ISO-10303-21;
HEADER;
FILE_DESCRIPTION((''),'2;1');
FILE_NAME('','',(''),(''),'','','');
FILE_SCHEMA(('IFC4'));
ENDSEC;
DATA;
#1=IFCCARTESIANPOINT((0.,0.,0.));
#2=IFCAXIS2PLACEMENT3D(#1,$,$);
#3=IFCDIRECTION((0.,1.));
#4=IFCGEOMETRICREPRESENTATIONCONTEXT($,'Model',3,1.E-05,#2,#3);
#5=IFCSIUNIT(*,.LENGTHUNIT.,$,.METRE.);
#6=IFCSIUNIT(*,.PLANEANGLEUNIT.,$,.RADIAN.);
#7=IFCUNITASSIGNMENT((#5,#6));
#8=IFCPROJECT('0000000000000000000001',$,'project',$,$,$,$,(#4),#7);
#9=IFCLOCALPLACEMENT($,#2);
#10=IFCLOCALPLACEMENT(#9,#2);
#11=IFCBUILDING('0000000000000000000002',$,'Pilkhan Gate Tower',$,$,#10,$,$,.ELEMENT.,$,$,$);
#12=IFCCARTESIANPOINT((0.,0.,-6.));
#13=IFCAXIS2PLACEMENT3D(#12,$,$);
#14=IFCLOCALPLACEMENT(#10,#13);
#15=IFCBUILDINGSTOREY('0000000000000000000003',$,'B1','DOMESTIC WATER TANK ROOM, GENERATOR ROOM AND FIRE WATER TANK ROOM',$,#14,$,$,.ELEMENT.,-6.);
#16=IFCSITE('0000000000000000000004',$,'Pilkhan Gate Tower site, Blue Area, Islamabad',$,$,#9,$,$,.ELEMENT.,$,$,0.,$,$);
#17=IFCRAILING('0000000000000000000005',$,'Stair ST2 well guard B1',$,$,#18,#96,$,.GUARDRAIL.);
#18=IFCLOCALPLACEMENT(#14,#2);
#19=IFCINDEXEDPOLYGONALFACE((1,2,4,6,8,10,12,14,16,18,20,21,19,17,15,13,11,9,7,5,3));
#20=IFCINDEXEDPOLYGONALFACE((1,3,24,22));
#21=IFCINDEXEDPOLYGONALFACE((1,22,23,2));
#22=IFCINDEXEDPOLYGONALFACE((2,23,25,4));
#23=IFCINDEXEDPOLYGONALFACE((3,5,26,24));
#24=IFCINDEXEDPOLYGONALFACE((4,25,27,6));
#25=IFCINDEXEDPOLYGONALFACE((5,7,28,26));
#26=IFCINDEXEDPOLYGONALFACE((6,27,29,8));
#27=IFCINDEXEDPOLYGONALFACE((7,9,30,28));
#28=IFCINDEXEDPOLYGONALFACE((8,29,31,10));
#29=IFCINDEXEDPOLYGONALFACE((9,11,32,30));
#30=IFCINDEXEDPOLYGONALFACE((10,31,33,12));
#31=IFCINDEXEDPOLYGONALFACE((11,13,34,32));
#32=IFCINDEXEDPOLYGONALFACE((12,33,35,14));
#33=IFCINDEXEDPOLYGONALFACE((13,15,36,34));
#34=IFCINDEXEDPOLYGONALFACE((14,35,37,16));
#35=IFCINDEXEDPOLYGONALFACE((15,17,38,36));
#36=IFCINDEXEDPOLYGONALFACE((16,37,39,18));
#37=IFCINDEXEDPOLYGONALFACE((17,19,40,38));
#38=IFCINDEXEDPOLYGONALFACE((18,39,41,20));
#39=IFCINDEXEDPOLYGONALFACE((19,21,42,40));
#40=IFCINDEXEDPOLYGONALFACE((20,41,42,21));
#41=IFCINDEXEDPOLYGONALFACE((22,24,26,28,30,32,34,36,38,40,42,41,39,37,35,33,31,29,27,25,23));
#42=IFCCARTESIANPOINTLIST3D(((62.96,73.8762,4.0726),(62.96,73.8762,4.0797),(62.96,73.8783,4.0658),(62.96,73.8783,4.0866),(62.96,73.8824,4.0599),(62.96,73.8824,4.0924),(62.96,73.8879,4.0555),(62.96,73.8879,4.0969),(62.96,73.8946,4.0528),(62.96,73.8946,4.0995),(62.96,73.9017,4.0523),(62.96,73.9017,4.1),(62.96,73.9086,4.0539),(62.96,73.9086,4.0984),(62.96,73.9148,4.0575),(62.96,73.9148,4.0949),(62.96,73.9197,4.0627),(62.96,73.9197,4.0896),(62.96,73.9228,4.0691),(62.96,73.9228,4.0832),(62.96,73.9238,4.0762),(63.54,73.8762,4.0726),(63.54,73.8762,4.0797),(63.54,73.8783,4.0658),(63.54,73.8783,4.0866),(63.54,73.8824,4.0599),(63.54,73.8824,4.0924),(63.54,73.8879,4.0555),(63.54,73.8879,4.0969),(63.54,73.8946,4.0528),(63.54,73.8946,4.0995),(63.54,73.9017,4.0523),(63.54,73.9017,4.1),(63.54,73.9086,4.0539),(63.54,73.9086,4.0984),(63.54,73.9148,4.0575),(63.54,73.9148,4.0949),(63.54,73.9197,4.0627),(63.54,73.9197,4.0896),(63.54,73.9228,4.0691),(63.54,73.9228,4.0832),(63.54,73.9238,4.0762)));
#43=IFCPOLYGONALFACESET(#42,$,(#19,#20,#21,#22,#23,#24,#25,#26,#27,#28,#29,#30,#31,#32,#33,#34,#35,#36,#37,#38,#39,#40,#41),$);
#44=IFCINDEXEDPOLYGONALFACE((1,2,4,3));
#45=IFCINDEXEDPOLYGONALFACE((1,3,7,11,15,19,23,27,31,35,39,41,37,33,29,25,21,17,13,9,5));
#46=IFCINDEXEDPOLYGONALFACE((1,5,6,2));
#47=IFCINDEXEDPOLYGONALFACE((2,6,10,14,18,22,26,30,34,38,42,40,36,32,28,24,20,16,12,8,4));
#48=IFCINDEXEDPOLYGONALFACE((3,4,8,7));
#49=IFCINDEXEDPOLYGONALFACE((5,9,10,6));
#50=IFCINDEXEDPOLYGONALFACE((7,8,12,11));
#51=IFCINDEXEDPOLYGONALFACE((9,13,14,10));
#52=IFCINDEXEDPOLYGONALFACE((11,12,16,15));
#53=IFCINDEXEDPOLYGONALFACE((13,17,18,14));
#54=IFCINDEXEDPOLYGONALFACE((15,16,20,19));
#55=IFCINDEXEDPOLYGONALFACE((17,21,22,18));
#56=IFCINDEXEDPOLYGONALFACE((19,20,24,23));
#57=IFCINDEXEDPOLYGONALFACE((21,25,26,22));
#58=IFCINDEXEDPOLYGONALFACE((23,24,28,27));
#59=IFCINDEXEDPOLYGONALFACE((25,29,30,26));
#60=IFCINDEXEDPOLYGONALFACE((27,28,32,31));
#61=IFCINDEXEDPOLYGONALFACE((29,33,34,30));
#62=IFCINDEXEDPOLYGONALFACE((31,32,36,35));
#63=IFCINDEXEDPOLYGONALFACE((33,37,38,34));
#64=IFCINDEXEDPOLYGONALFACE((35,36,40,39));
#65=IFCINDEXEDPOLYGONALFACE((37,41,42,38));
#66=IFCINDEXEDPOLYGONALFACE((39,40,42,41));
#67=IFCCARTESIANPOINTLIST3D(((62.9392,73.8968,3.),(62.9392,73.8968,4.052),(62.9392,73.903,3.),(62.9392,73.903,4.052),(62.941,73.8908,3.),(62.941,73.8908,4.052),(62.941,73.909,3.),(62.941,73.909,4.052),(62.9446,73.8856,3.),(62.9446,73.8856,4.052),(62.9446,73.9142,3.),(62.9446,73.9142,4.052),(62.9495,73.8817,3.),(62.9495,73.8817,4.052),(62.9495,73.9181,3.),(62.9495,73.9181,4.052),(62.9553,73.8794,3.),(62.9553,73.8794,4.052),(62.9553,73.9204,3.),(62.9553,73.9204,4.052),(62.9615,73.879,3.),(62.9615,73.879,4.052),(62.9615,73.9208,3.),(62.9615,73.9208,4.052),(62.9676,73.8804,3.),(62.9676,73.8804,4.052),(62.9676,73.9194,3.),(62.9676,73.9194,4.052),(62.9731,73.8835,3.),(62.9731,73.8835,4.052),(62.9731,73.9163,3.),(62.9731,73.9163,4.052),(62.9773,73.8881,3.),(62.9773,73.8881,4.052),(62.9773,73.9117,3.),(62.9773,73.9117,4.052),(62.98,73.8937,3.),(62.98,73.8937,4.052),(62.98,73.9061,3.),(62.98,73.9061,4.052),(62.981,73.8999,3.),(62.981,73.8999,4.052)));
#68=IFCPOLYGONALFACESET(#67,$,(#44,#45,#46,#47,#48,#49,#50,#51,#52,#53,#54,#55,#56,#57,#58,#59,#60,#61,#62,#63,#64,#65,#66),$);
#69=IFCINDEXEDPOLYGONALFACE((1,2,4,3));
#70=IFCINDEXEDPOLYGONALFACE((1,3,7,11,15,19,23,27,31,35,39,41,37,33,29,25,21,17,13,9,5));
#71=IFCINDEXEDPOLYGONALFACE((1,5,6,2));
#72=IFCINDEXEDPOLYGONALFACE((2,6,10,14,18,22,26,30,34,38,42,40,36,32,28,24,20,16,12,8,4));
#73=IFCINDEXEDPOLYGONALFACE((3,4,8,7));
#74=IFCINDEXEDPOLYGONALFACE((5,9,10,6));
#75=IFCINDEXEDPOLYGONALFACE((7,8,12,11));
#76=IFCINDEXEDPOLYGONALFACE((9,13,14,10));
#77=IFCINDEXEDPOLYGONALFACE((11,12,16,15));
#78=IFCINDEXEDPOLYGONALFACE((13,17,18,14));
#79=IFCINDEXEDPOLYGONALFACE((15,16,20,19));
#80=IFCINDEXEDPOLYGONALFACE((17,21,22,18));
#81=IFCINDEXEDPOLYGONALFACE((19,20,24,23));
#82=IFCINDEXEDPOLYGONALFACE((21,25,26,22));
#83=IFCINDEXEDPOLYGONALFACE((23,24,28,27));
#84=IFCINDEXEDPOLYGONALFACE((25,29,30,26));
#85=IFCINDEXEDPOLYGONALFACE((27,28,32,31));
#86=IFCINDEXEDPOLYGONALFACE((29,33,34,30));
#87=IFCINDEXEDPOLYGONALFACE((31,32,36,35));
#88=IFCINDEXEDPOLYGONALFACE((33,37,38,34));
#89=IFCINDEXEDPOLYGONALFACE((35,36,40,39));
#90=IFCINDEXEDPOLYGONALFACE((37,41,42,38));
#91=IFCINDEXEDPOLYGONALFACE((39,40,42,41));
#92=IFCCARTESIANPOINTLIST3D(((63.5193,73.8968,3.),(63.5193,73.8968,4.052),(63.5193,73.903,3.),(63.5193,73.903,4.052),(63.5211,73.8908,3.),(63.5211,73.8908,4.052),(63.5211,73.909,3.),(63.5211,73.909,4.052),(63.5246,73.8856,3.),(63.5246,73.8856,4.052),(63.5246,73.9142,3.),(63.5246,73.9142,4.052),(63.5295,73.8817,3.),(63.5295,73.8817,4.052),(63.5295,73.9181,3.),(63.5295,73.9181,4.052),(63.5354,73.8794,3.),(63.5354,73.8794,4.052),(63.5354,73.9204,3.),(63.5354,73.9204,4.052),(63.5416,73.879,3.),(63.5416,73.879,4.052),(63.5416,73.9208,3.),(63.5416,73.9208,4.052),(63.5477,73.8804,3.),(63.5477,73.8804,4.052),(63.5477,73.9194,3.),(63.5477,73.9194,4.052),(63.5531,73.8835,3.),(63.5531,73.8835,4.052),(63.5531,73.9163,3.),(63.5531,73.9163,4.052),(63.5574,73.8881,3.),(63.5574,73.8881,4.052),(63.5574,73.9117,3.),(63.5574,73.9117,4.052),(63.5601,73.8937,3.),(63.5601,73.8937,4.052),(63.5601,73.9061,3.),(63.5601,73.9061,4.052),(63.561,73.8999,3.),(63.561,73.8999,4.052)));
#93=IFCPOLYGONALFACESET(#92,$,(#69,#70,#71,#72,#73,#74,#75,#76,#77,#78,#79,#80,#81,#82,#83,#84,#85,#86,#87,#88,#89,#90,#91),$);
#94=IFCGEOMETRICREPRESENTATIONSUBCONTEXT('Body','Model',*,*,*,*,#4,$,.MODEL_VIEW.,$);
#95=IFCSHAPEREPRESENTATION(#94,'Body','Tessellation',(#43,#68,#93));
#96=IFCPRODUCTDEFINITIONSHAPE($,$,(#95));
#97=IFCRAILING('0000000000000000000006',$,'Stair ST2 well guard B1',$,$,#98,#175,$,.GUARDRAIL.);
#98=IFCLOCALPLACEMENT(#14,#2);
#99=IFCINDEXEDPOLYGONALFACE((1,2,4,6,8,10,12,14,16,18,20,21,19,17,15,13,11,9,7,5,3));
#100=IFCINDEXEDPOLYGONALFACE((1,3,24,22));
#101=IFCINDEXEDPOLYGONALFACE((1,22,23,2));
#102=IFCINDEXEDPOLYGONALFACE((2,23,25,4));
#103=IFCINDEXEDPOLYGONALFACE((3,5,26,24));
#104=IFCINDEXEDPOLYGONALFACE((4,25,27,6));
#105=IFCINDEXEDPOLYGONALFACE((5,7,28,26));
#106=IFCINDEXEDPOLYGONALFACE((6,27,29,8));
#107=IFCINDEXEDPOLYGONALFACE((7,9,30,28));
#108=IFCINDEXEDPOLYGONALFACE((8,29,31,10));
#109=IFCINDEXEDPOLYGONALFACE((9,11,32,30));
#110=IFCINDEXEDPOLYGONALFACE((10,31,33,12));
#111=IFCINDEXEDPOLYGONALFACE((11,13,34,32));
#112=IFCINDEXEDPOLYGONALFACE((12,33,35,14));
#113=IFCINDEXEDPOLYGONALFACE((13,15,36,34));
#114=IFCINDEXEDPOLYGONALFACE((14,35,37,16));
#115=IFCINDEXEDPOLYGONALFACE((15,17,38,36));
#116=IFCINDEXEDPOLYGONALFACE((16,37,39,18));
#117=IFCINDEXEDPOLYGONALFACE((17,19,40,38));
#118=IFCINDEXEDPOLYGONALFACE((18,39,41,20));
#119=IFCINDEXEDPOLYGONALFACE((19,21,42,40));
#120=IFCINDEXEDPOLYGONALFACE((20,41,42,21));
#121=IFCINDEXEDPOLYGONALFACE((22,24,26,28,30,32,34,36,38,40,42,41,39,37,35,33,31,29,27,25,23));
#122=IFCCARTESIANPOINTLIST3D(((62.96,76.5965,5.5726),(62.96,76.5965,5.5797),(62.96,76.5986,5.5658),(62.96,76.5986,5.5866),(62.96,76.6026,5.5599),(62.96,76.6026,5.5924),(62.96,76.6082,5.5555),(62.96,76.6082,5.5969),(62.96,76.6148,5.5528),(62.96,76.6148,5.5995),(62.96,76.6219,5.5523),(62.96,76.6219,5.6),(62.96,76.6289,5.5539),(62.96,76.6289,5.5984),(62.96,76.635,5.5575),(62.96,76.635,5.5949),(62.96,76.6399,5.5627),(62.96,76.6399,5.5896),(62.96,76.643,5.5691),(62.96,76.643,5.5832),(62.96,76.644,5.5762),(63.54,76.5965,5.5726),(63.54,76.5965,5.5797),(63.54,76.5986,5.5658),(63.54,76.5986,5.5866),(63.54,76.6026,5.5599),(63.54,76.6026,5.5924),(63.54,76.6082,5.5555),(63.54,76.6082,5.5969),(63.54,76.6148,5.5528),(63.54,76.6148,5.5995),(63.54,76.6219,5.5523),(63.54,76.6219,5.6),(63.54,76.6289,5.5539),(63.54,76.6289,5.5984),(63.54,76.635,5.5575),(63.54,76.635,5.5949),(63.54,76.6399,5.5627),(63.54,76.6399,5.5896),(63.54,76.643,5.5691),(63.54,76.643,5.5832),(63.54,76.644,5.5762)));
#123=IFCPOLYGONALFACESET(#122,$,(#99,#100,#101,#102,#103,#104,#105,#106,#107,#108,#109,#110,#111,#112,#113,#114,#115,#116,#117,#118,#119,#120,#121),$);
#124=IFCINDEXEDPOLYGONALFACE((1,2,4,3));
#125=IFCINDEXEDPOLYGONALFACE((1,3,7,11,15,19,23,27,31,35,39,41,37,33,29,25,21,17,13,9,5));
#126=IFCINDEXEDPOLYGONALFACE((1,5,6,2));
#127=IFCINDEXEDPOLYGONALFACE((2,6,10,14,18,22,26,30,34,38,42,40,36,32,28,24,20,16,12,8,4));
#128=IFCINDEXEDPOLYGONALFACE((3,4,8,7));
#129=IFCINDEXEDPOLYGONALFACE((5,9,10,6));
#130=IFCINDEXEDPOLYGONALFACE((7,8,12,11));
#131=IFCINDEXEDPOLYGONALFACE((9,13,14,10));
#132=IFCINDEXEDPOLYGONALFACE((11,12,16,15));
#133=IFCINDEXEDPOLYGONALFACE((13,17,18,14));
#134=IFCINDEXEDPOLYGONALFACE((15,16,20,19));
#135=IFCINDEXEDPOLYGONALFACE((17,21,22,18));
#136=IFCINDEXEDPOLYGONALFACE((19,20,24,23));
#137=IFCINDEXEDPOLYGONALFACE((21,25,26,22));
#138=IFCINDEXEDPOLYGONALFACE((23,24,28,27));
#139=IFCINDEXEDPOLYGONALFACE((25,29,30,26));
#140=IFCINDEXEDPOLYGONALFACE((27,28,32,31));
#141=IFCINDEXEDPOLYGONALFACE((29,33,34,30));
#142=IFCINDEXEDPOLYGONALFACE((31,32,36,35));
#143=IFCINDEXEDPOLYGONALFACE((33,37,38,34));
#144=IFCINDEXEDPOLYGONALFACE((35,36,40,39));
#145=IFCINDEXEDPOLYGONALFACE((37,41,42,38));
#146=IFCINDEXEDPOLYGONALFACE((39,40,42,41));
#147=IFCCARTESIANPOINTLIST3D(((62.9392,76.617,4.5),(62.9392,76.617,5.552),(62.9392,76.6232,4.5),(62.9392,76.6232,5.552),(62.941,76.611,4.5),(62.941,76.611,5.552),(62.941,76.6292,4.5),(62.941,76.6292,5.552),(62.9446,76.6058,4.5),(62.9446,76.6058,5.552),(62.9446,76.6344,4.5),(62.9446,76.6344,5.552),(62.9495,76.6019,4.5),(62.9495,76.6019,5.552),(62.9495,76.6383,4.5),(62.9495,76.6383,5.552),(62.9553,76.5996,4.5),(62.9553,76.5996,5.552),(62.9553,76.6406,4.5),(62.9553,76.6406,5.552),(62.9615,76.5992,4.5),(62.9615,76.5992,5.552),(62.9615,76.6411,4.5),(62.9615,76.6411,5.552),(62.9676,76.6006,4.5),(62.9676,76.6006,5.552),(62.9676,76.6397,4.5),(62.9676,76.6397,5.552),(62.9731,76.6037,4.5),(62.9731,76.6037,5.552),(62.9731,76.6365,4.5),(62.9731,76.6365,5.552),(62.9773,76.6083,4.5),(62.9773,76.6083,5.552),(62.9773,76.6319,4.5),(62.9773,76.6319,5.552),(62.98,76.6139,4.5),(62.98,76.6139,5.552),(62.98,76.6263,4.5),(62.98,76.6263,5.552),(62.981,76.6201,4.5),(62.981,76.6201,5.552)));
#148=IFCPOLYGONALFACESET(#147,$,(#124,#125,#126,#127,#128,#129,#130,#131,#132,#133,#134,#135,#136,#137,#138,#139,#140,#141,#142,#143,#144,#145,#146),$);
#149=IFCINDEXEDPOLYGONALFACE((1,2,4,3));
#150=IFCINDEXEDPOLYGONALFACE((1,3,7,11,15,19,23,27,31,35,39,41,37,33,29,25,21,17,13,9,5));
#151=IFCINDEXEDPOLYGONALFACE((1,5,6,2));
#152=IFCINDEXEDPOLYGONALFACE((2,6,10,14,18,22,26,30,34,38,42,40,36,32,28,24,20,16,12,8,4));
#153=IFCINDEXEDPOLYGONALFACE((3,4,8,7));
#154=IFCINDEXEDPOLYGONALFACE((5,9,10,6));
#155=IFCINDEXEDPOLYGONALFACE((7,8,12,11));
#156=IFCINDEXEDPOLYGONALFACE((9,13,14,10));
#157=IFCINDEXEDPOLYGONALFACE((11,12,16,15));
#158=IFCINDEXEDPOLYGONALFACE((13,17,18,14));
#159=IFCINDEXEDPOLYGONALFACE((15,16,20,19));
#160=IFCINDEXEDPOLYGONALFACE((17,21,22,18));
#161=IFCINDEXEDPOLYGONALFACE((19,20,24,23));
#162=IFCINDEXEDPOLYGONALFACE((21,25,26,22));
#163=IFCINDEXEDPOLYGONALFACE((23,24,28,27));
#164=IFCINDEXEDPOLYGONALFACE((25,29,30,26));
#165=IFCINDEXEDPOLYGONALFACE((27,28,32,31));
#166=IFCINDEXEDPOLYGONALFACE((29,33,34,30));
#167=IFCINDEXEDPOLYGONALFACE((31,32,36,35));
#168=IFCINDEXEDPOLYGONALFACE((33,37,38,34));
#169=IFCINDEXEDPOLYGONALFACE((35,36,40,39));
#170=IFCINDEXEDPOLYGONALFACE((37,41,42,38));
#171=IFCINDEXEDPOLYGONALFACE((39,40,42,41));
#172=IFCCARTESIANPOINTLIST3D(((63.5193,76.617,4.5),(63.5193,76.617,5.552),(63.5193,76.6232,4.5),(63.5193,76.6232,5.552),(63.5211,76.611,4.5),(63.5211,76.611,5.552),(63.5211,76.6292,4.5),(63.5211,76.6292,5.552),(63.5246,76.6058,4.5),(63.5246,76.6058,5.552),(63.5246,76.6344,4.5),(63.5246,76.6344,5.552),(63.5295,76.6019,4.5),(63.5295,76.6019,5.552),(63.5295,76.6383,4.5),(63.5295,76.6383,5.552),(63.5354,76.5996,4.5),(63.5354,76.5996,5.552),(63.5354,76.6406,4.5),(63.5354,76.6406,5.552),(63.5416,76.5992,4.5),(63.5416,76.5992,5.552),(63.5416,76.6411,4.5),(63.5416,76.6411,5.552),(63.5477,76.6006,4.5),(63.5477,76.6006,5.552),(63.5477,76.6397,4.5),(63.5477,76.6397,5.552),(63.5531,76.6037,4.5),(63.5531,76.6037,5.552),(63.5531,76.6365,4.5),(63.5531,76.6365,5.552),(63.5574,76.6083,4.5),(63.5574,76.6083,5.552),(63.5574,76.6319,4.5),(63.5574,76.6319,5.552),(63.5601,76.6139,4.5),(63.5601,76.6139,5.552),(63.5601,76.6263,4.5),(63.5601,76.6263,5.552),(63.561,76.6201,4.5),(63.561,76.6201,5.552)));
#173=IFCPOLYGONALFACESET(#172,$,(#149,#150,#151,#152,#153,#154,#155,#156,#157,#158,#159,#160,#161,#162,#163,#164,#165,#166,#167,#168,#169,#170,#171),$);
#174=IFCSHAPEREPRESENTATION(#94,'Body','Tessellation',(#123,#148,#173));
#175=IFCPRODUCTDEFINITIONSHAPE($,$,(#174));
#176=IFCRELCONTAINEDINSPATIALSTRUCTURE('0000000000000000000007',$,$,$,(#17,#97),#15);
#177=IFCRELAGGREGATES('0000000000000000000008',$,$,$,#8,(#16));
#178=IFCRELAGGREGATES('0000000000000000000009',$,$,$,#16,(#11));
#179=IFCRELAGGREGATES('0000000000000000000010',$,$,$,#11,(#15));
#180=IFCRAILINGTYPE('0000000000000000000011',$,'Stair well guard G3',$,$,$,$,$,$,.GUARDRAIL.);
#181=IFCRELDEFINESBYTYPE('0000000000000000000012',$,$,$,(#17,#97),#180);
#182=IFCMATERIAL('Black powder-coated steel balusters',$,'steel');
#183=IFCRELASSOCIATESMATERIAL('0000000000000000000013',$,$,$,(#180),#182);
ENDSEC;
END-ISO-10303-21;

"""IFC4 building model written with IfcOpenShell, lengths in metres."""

from ifc_helpers import new_model, si_unit, direction, frame, origin, origin_2d, place, context, subcontext, project, spatial, circle, extrude, material, type_object, element, save


model = new_model("IFC4")

# Units and contexts
model_context = context("Model", 3, precision=1e-05, world=origin(), true_north=direction((0.0, 1.0)))
body_context = subcontext(model_context, "Body", "Model", "MODEL_VIEW")
ifc_project = project(units=[si_unit("LENGTHUNIT", "METRE"), si_unit("PLANEANGLEUNIT", "RADIAN")], contexts=[model_context])

# Site, building, storey
site_placement = place(None, origin())
site = spatial("IfcSite", under=ifc_project, at=site_placement, Name="Pilkhan Gate Tower site, Blue Area, Islamabad", CompositionType="ELEMENT", RefElevation=0.0)
building_placement = place(site_placement, origin())
building = spatial("IfcBuilding", under=site, at=building_placement, Name="Pilkhan Gate Tower", CompositionType="ELEMENT")
storey_placement = place(building_placement, frame((0.0, 0.0, -6.0)))
storey = spatial("IfcBuildingStorey", under=building, at=storey_placement, Name="B1", Description="DOMESTIC WATER TANK ROOM, GENERATOR ROOM AND FIRE WATER TANK ROOM", CompositionType="ELEMENT", Elevation=-6.0)

# Railings
ifc_material_1 = material(Name="Black powder-coated steel balusters", Category="steel")
railing_type_1 = type_object("IfcRailingType", Name="Stair well guard G3", PredefinedType="GUARDRAIL", material=ifc_material_1)
for number, where, name in (
    (1, (62.96, 73.8999, 3.0), "Stair ST2 well guard B1"),
    (2, (62.96, 76.6201, 4.5), "Stair ST2 well guard B1"),
):
    element("IfcRailing", number, at=place(storey_placement, frame(where)), inside=storey, type_object=railing_type_1, Name=name, PredefinedType="GUARDRAIL", context=body_context, shape_type="SweptSolid", body=[
        extrude(circle(Radius=0.0239, at=origin_2d()), frame((0.0, 0.0, 1.0762), z_axis=(1.0, 0.0, 0.0), x_axis=(0.0, 1.0, 0.0)), (0.0, 0.0, 1.0), 0.5801),
        extrude(circle(Radius=0.021, at=origin_2d()), origin(), (0.0, 0.0, 1.0), 1.052),
        extrude(circle(Radius=0.021, at=origin_2d()), frame((0.5801, 0.0, 0.0)), (0.0, 0.0, 1.0), 1.052),
    ])

save(model, "model.ifc")
